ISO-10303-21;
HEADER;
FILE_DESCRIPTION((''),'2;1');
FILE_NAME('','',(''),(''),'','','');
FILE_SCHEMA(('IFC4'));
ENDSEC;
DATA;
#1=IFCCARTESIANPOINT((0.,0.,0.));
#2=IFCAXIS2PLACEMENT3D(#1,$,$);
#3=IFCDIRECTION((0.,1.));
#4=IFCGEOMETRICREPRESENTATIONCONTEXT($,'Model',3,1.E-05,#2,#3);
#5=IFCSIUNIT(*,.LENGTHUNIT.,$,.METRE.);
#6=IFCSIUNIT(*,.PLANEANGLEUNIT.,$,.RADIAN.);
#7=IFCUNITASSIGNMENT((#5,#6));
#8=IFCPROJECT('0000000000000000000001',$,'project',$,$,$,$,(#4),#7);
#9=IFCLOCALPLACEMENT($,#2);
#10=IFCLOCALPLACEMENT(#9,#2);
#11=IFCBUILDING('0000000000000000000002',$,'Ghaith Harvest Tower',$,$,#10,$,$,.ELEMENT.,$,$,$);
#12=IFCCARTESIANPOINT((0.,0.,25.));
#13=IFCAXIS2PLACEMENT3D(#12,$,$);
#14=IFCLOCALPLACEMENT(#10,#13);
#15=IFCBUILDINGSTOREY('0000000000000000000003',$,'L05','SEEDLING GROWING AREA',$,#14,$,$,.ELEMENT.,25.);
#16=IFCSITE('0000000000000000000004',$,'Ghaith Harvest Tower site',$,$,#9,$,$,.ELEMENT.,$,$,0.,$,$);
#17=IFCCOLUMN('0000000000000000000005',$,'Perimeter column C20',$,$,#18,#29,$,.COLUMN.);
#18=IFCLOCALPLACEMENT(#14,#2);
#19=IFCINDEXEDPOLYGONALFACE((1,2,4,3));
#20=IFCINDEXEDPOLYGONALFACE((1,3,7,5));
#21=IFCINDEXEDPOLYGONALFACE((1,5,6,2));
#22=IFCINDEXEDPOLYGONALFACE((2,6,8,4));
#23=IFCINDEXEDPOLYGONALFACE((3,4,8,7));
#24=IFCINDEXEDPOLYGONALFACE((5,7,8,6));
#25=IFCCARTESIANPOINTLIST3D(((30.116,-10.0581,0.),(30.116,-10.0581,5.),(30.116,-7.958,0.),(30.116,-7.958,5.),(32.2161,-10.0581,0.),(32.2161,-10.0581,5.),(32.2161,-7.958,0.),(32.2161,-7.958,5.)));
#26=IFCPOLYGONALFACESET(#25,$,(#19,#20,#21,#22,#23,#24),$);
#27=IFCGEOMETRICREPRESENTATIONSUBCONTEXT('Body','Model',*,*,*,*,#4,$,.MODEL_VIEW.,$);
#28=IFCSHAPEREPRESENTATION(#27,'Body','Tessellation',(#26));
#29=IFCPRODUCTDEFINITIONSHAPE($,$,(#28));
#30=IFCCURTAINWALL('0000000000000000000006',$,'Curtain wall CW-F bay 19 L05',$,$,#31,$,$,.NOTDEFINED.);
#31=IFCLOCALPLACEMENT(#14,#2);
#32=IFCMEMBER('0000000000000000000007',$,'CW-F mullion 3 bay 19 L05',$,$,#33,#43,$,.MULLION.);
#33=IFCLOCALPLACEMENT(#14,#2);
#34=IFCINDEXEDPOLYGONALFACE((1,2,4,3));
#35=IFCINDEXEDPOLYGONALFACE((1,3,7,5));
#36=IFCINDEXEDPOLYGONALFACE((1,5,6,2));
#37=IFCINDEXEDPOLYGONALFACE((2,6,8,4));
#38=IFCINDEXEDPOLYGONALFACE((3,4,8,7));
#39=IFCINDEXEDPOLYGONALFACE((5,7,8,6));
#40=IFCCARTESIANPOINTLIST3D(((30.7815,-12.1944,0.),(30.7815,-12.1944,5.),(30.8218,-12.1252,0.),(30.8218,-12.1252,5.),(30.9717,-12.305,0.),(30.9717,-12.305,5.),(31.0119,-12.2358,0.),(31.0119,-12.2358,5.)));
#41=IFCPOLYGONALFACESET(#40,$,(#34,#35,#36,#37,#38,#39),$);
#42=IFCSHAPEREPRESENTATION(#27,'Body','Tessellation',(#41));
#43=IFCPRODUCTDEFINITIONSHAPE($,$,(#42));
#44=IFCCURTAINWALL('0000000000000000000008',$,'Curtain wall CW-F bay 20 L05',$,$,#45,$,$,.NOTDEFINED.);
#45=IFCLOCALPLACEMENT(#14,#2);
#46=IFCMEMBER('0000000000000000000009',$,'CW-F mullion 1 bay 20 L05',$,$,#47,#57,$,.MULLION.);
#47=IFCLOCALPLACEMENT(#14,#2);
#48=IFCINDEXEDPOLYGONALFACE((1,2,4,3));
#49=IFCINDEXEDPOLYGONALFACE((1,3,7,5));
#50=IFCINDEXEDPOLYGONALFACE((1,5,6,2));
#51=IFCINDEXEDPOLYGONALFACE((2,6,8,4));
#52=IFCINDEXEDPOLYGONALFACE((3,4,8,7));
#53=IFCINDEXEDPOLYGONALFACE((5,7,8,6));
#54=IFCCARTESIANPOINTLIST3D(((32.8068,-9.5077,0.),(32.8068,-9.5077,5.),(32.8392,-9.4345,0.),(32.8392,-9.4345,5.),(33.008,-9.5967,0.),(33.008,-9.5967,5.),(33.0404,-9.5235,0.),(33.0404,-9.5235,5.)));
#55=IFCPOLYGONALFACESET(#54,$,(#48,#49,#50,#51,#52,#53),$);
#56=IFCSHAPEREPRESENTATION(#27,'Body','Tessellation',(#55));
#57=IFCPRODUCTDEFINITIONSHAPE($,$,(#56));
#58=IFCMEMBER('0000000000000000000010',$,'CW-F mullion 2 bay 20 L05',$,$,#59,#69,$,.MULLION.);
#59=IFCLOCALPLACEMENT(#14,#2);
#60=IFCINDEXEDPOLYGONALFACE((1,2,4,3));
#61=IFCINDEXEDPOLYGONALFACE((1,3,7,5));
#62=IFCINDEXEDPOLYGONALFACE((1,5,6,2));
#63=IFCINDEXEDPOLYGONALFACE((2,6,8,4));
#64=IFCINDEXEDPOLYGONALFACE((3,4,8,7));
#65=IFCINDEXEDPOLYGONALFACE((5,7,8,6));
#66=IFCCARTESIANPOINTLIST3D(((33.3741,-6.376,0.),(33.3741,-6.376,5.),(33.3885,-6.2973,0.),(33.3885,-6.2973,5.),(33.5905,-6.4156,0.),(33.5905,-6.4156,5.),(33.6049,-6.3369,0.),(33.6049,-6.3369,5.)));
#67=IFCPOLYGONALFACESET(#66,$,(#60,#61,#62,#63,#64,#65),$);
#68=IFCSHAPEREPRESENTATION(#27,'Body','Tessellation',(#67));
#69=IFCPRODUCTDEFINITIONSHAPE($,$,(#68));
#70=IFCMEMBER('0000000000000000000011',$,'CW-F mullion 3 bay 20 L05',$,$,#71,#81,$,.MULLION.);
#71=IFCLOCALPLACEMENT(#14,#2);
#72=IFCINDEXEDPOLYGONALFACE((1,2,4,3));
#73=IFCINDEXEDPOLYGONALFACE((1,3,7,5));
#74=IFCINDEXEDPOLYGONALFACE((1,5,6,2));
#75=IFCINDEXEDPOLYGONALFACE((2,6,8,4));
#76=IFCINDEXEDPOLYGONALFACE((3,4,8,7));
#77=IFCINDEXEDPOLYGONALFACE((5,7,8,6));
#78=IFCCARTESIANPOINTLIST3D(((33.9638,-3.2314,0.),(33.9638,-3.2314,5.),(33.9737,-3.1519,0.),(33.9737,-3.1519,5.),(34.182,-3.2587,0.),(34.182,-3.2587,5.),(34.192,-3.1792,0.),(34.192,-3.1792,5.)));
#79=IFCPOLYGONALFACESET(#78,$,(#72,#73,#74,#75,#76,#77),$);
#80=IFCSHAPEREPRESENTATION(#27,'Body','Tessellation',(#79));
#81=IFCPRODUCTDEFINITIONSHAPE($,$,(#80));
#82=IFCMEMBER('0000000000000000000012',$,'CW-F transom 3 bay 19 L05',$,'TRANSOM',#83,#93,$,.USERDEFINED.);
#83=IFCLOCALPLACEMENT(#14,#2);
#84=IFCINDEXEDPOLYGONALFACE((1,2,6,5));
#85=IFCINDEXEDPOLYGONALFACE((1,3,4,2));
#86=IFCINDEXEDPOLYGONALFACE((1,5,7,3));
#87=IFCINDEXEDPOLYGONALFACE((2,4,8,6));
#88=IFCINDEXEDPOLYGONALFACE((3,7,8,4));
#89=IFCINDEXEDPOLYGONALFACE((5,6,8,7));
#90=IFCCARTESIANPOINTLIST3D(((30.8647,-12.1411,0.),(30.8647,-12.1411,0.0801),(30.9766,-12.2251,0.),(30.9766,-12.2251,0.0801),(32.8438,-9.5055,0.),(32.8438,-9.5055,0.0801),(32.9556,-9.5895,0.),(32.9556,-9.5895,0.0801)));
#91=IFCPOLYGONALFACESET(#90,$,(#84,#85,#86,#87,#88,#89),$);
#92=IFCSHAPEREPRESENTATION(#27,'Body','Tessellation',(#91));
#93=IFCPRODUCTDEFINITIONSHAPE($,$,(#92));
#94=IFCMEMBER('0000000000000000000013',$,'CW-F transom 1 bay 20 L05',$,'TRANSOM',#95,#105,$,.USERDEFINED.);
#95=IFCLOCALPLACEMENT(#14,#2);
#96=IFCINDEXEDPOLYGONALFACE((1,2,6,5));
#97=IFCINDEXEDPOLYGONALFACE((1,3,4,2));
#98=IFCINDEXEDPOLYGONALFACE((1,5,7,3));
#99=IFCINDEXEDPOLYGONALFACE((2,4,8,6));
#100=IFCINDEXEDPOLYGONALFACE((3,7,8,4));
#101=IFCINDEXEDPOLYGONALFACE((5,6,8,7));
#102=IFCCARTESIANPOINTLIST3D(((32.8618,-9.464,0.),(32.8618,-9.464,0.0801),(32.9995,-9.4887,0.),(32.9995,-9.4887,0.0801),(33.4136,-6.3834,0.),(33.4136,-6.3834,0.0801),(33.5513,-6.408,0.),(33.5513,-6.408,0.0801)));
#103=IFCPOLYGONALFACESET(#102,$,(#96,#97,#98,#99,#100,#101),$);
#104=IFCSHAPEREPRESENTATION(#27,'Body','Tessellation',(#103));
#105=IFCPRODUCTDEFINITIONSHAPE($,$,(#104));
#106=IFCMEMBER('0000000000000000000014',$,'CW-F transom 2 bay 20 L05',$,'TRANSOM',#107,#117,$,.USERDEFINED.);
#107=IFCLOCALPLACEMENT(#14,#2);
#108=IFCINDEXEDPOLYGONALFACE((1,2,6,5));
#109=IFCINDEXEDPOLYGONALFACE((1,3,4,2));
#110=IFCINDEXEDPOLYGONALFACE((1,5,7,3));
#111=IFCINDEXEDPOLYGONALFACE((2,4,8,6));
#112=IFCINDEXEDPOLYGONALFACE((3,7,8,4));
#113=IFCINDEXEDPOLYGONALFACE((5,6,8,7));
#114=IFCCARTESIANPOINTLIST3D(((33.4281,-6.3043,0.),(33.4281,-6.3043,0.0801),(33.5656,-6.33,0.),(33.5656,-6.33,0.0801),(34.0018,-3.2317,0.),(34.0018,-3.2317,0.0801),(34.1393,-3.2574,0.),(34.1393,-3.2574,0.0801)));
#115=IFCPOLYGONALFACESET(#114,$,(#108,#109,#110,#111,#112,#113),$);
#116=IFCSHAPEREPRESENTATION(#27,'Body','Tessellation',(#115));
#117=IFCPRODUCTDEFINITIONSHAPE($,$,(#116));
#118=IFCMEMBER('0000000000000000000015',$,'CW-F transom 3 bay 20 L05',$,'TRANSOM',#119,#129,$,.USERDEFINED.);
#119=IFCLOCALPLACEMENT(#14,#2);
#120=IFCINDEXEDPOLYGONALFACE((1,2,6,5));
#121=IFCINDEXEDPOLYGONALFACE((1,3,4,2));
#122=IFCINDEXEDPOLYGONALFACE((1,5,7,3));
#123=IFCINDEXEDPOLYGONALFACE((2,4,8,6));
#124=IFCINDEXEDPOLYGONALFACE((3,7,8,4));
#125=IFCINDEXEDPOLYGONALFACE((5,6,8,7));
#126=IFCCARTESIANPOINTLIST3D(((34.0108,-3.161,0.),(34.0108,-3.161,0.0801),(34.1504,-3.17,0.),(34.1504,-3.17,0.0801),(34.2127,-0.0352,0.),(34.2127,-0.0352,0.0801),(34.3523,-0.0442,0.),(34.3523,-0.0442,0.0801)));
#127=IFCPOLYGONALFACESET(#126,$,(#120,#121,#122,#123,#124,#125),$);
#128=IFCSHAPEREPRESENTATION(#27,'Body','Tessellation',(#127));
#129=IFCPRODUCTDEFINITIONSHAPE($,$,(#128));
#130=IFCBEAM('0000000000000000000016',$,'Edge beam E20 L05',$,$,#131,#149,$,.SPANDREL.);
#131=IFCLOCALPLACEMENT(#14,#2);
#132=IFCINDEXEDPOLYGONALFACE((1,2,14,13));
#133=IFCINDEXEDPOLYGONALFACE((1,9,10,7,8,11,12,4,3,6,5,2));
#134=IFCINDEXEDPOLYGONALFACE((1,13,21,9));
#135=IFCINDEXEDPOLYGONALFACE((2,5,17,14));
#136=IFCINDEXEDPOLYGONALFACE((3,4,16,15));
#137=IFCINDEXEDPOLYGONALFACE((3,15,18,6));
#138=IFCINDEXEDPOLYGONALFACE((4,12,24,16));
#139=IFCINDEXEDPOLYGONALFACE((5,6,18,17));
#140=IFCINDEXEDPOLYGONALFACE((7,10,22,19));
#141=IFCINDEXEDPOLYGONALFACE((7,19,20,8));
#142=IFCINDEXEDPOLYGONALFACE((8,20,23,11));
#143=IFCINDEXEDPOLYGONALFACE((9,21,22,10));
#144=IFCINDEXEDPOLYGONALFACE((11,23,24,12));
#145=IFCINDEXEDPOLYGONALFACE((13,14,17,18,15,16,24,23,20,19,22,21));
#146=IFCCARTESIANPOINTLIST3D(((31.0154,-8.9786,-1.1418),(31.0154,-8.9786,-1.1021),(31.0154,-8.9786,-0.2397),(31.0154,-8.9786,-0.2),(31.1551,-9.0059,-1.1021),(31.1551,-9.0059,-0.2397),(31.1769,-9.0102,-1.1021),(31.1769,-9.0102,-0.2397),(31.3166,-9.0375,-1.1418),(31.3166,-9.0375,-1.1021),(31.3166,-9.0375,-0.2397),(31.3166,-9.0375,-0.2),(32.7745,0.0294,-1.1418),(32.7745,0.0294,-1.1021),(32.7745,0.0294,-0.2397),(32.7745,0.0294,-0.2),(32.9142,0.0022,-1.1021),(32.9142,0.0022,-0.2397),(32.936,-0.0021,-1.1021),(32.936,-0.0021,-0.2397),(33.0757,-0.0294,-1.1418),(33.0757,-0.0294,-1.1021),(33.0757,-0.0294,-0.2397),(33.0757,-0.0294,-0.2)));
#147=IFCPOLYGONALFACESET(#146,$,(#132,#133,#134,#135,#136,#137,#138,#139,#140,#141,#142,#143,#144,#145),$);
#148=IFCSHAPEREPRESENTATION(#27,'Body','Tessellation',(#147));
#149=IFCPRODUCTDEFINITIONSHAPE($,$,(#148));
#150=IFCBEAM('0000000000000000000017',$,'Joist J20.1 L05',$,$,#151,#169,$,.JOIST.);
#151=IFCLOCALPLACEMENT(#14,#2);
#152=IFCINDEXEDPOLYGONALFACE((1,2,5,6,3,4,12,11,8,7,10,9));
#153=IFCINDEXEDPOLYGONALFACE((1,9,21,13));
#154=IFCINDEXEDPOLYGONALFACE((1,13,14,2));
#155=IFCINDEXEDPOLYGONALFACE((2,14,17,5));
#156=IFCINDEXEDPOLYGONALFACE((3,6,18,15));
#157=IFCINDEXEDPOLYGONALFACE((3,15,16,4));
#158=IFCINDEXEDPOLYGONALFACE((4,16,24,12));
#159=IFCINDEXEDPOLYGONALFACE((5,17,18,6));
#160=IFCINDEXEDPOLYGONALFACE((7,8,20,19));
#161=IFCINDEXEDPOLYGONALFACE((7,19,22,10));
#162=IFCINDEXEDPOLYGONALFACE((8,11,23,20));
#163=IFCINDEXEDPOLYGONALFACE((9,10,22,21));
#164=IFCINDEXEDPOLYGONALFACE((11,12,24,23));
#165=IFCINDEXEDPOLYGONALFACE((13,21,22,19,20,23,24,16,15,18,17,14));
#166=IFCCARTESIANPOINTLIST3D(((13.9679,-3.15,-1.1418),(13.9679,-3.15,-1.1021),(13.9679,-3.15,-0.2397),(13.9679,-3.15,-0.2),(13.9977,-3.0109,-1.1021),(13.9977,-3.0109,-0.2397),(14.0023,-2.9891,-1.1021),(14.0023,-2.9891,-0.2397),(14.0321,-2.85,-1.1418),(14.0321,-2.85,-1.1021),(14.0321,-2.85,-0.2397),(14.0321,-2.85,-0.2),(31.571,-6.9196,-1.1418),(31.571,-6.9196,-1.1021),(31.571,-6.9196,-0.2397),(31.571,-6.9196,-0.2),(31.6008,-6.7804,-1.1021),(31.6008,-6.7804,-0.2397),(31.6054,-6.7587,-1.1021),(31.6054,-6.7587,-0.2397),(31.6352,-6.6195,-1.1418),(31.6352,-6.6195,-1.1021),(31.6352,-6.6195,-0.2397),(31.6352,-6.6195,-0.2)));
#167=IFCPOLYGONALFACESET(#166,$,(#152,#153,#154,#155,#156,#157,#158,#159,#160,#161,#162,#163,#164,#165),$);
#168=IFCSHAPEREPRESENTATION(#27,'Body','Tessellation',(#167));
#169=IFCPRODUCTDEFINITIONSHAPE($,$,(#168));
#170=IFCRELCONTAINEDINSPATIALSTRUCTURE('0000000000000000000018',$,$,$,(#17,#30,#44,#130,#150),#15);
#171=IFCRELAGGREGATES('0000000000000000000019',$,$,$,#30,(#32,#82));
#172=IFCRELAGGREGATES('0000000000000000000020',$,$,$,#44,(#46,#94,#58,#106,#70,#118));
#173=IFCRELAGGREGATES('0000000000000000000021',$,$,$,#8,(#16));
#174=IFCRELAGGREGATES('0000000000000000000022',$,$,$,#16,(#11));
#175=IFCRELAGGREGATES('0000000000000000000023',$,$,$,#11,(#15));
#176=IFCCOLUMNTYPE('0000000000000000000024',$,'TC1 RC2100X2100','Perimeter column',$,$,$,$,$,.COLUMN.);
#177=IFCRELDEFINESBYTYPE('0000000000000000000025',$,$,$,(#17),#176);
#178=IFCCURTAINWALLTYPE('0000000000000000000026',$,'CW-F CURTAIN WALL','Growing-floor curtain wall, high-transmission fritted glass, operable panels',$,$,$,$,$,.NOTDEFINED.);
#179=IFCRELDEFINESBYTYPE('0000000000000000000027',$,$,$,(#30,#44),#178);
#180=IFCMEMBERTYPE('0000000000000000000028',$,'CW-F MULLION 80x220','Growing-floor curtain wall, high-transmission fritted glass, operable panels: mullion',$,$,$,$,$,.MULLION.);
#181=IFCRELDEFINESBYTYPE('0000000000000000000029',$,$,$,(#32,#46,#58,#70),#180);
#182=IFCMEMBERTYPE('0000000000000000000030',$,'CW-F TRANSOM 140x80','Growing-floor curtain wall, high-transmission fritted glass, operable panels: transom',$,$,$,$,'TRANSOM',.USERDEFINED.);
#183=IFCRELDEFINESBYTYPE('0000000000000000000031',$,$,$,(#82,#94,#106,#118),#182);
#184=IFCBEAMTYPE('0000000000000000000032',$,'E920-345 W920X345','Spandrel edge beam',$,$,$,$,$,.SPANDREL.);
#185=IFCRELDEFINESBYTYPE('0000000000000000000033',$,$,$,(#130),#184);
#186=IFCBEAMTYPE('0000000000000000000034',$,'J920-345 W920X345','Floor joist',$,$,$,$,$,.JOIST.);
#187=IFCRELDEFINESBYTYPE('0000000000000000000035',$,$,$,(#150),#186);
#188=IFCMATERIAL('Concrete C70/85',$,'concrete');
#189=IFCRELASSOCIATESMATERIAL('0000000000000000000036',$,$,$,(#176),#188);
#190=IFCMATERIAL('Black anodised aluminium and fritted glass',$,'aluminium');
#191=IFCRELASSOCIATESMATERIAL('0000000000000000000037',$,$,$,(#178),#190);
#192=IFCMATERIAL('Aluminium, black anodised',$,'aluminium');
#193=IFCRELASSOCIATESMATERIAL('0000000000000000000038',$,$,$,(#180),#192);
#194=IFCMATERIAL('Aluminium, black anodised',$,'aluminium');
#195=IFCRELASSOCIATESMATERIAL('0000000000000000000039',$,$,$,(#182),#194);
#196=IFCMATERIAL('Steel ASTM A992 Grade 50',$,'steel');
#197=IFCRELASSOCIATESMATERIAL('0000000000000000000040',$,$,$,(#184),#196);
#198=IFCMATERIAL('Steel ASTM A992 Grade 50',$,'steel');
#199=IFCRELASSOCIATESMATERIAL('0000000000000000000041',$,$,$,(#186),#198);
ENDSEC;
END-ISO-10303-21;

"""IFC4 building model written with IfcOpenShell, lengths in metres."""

from ifc_helpers import new_model, si_unit, direction, frame, origin, origin_2d, place, context, subcontext, project, spatial, rectangle, i_section, extrude, material, material_profile, profile_set, type_object, element, aggregate, save


model = new_model("IFC4")

# Units and contexts
model_context = context("Model", 3, precision=1e-05, world=origin(), true_north=direction((0.0, 1.0)))
body_context = subcontext(model_context, "Body", "Model", "MODEL_VIEW")
ifc_project = project(units=[si_unit("LENGTHUNIT", "METRE"), si_unit("PLANEANGLEUNIT", "RADIAN")], contexts=[model_context])

# Site, building, storey
site_placement = place(None, origin())
site = spatial("IfcSite", under=ifc_project, at=site_placement, Name="Ghaith Harvest Tower site", CompositionType="ELEMENT", RefElevation=0.0)
building_placement = place(site_placement, origin())
building = spatial("IfcBuilding", under=site, at=building_placement, Name="Ghaith Harvest Tower", CompositionType="ELEMENT")
storey_placement = place(building_placement, frame((0.0, 0.0, 25.0)))
storey = spatial("IfcBuildingStorey", under=building, at=storey_placement, Name="L05", Description="SEEDLING GROWING AREA", CompositionType="ELEMENT", Elevation=25.0)

# Column
ifc_material_1 = material(Name="Concrete C70/85", Category="concrete")
ifc_material_profile_1 = material_profile(ifc_material_1, rectangle(XDim=2.1001, YDim=2.1001, at=origin_2d()), Name="RC2100X2100")
ifc_profile_set_1 = profile_set([ifc_material_profile_1], Name="Concrete C70/85")
column_type = type_object("IfcColumnType", Name="TC1 RC2100X2100", Description="Perimeter column", PredefinedType="COLUMN", material=ifc_profile_set_1)
column_placement = place(storey_placement, frame((31.166, -9.0081, 0.0), z_axis=(0.0, 0.0, 1.0), x_axis=(1.0, 0.0, 0.0)))
element("IfcColumn", 1, at=column_placement, inside=storey, type_object=column_type, Name="Perimeter column C20", PredefinedType="COLUMN", context=body_context, shape_type="SweptSolid", body=[
    extrude(rectangle(XDim=2.1001, YDim=2.1001, at=origin_2d()), origin(), (0.0, 0.0, 1.0), 5.0),
])

# Curtain wall, member
ifc_material_2 = material(Name="Black anodised aluminium and fritted glass", Category="aluminium")
curtain_wall_type = type_object("IfcCurtainWallType", Name="CW-F CURTAIN WALL", Description="Growing-floor curtain wall, high-transmission fritted glass, operable panels", PredefinedType="NOTDEFINED", material=ifc_material_2)
curtain_wall_1_placement = place(storey_placement, origin())
curtain_wall_1 = element("IfcCurtainWall", 2, at=curtain_wall_1_placement, inside=storey, type_object=curtain_wall_type, Name="Curtain wall CW-F bay 19 L05", PredefinedType="NOTDEFINED")
ifc_material_3 = material(Name="Aluminium, black anodised", Category="aluminium")
ifc_material_profile_2 = material_profile(ifc_material_3, rectangle(XDim=0.0801, YDim=0.22, at=origin_2d()), Name="CW-F MULLION 80x220")
ifc_profile_set_2 = profile_set([ifc_material_profile_2], Name="Aluminium, black anodised")
member_type_1 = type_object("IfcMemberType", Name="CW-F MULLION 80x220", Description="Growing-floor curtain wall, high-transmission fritted glass, operable panels: mullion", PredefinedType="MULLION", material=ifc_profile_set_2)
member_1_placement = place(storey_placement, frame((30.8967, -12.2151, 0.0), z_axis=(0.0, 0.0, 1.0), x_axis=(0.502795, 0.864406, 0.0)))
member_1 = element("IfcMember", 3, at=member_1_placement, type_object=member_type_1, Name="CW-F mullion 3 bay 19 L05", PredefinedType="MULLION", context=body_context, shape_type="SweptSolid", body=[
    extrude(rectangle(XDim=0.0801, YDim=0.22, at=origin_2d()), origin(), (0.0, 0.0, 1.0), 5.0),
])

# Curtain wall, members
curtain_wall_2_placement = place(storey_placement, origin())
curtain_wall_2 = element("IfcCurtainWall", 4, at=curtain_wall_2_placement, inside=storey, type_object=curtain_wall_type, Name="Curtain wall CW-F bay 20 L05", PredefinedType="NOTDEFINED")
member_2_placement = place(storey_placement, frame((32.9236, -9.5156, 0.0), z_axis=(0.0, 0.0, 1.0), x_axis=(0.404702, 0.914449, 0.0)))
member_2 = element("IfcMember", 5, at=member_2_placement, type_object=member_type_1, Name="CW-F mullion 1 bay 20 L05", PredefinedType="MULLION", context=body_context, shape_type="SweptSolid", body=[
    extrude(rectangle(XDim=0.0801, YDim=0.22, at=origin_2d()), origin(), (0.0, 0.0, 1.0), 5.0),
])
member_3_placement = place(storey_placement, frame((33.4895, -6.3564, 0.0), z_axis=(0.0, 0.0, 1.0), x_axis=(0.179943, 0.983677, 0.0)))
member_3 = element("IfcMember", 6, at=member_3_placement, type_object=member_type_1, Name="CW-F mullion 2 bay 20 L05", PredefinedType="MULLION", context=body_context, shape_type="SweptSolid", body=[
    extrude(rectangle(XDim=0.0801, YDim=0.22, at=origin_2d()), origin(), (0.0, 0.0, 1.0), 5.0),
])
member_4_placement = place(storey_placement, frame((34.0779, -3.2053, 0.0), z_axis=(0.0, 0.0, 1.0), x_axis=(0.12417, 0.992261, 0.0)))
member_4 = element("IfcMember", 7, at=member_4_placement, type_object=member_type_1, Name="CW-F mullion 3 bay 20 L05", PredefinedType="MULLION", context=body_context, shape_type="SweptSolid", body=[
    extrude(rectangle(XDim=0.0801, YDim=0.22, at=origin_2d()), origin(), (0.0, 0.0, 1.0), 5.0),
])

# Members
ifc_material_4 = material(Name="Aluminium, black anodised", Category="aluminium")
ifc_material_profile_3 = material_profile(ifc_material_4, rectangle(XDim=0.1399, YDim=0.0801, at=origin_2d()), Name="CW-F TRANSOM 140x80")
ifc_profile_set_3 = profile_set([ifc_material_profile_3], Name="Aluminium, black anodised")
member_type_2 = type_object("IfcMemberType", Name="CW-F TRANSOM 140x80", Description="Growing-floor curtain wall, high-transmission fritted glass, operable panels: transom", ElementType="TRANSOM", PredefinedType="USERDEFINED", material=ifc_profile_set_3)
member_5_placement = place(storey_placement, frame((30.9207, -12.1831, 0.04), z_axis=(0.600462, 0.799653, 0.0), x_axis=(-0.799653, 0.600462, 0.0)))
member_5 = element("IfcMember", 8, at=member_5_placement, type_object=member_type_2, Name="CW-F transom 3 bay 19 L05", ObjectType="TRANSOM", PredefinedType="USERDEFINED", context=body_context, shape_type="SweptSolid", body=[
    extrude(rectangle(XDim=0.1399, YDim=0.0801, at=origin_2d()), origin(), (0.0, 0.0, 1.0), 3.2959),
])
member_6_placement = place(storey_placement, frame((32.9307, -9.4763, 0.04), z_axis=(0.176304, 0.984336, 0.0), x_axis=(-0.984336, 0.176304, 0.0)))
member_6 = element("IfcMember", 9, at=member_6_placement, type_object=member_type_2, Name="CW-F transom 1 bay 20 L05", ObjectType="TRANSOM", PredefinedType="USERDEFINED", context=body_context, shape_type="SweptSolid", body=[
    extrude(rectangle(XDim=0.1399, YDim=0.0801, at=origin_2d()), origin(), (0.0, 0.0, 1.0), 3.1296),
])
member_7_placement = place(storey_placement, frame((33.4968, -6.3171, 0.04), z_axis=(0.183557, 0.983009, 0.0), x_axis=(-0.983009, 0.183557, 0.0)))
member_7 = element("IfcMember", 10, at=member_7_placement, type_object=member_type_2, Name="CW-F transom 2 bay 20 L05", ObjectType="TRANSOM", PredefinedType="USERDEFINED", context=body_context, shape_type="SweptSolid", body=[
    extrude(rectangle(XDim=0.1399, YDim=0.0801, at=origin_2d()), origin(), (0.0, 0.0, 1.0), 3.1257),
])
member_8_placement = place(storey_placement, frame((34.0806, -3.1655, 0.04), z_axis=(0.06446, 0.99792, 0.0), x_axis=(-0.99792, 0.06446, 0.0)))
member_8 = element("IfcMember", 11, at=member_8_placement, type_object=member_type_2, Name="CW-F transom 3 bay 20 L05", ObjectType="TRANSOM", PredefinedType="USERDEFINED", context=body_context, shape_type="SweptSolid", body=[
    extrude(rectangle(XDim=0.1399, YDim=0.0801, at=origin_2d()), origin(), (0.0, 0.0, 1.0), 3.1323),
])

# Beams
ifc_material_5 = material(Name="Steel ASTM A992 Grade 50", Category="steel")
ifc_material_profile_4 = material_profile(ifc_material_5, i_section(OverallWidth=0.3069, OverallDepth=0.9419, WebThickness=0.0222, FlangeThickness=0.0398, at=origin_2d()), Name="W920X345")
ifc_profile_set_4 = profile_set([ifc_material_profile_4], Name="Steel ASTM A992 Grade 50")
beam_type_1 = type_object("IfcBeamType", Name="E920-345 W920X345", Description="Spandrel edge beam", PredefinedType="SPANDREL", material=ifc_profile_set_4)
beam_1_placement = place(storey_placement, frame((31.166, -9.0081, -0.6709), z_axis=(0.191653, 0.981463, 0.0), x_axis=(-0.981463, 0.191653, 0.0)))
element("IfcBeam", 12, at=beam_1_placement, inside=storey, type_object=beam_type_1, Name="Edge beam E20 L05", PredefinedType="SPANDREL", context=body_context, shape_type="SweptSolid", body=[
    extrude(i_section(OverallWidth=0.3069, OverallDepth=0.9419, WebThickness=0.0222, FlangeThickness=0.0398, at=origin_2d()), origin(), (0.0, 0.0, 1.0), 9.1782),
])
ifc_material_6 = material(Name="Steel ASTM A992 Grade 50", Category="steel")
ifc_material_profile_5 = material_profile(ifc_material_6, i_section(OverallWidth=0.3069, OverallDepth=0.9419, WebThickness=0.0222, FlangeThickness=0.0398, at=origin_2d()), Name="W920X345")
ifc_profile_set_5 = profile_set([ifc_material_profile_5], Name="Steel ASTM A992 Grade 50")
beam_type_2 = type_object("IfcBeamType", Name="J920-345 W920X345", Description="Floor joist", PredefinedType="JOIST", material=ifc_profile_set_5)
beam_2_placement = place(storey_placement, frame((14.0, -3.0, -0.6709), z_axis=(0.977831, -0.209394, 0.0), x_axis=(0.209394, 0.977831, 0.0)))
element("IfcBeam", 13, at=beam_2_placement, inside=storey, type_object=beam_type_2, Name="Joist J20.1 L05", PredefinedType="JOIST", context=body_context, shape_type="SweptSolid", body=[
    extrude(i_section(OverallWidth=0.3069, OverallDepth=0.9419, WebThickness=0.0222, FlangeThickness=0.0398, at=origin_2d()), origin(), (0.0, 0.0, 1.0), 18.0022),
])

aggregate(curtain_wall_1, [member_1, member_5])
aggregate(curtain_wall_2, [member_2, member_6, member_3, member_7, member_4, member_8])

save(model, "model.ifc")
